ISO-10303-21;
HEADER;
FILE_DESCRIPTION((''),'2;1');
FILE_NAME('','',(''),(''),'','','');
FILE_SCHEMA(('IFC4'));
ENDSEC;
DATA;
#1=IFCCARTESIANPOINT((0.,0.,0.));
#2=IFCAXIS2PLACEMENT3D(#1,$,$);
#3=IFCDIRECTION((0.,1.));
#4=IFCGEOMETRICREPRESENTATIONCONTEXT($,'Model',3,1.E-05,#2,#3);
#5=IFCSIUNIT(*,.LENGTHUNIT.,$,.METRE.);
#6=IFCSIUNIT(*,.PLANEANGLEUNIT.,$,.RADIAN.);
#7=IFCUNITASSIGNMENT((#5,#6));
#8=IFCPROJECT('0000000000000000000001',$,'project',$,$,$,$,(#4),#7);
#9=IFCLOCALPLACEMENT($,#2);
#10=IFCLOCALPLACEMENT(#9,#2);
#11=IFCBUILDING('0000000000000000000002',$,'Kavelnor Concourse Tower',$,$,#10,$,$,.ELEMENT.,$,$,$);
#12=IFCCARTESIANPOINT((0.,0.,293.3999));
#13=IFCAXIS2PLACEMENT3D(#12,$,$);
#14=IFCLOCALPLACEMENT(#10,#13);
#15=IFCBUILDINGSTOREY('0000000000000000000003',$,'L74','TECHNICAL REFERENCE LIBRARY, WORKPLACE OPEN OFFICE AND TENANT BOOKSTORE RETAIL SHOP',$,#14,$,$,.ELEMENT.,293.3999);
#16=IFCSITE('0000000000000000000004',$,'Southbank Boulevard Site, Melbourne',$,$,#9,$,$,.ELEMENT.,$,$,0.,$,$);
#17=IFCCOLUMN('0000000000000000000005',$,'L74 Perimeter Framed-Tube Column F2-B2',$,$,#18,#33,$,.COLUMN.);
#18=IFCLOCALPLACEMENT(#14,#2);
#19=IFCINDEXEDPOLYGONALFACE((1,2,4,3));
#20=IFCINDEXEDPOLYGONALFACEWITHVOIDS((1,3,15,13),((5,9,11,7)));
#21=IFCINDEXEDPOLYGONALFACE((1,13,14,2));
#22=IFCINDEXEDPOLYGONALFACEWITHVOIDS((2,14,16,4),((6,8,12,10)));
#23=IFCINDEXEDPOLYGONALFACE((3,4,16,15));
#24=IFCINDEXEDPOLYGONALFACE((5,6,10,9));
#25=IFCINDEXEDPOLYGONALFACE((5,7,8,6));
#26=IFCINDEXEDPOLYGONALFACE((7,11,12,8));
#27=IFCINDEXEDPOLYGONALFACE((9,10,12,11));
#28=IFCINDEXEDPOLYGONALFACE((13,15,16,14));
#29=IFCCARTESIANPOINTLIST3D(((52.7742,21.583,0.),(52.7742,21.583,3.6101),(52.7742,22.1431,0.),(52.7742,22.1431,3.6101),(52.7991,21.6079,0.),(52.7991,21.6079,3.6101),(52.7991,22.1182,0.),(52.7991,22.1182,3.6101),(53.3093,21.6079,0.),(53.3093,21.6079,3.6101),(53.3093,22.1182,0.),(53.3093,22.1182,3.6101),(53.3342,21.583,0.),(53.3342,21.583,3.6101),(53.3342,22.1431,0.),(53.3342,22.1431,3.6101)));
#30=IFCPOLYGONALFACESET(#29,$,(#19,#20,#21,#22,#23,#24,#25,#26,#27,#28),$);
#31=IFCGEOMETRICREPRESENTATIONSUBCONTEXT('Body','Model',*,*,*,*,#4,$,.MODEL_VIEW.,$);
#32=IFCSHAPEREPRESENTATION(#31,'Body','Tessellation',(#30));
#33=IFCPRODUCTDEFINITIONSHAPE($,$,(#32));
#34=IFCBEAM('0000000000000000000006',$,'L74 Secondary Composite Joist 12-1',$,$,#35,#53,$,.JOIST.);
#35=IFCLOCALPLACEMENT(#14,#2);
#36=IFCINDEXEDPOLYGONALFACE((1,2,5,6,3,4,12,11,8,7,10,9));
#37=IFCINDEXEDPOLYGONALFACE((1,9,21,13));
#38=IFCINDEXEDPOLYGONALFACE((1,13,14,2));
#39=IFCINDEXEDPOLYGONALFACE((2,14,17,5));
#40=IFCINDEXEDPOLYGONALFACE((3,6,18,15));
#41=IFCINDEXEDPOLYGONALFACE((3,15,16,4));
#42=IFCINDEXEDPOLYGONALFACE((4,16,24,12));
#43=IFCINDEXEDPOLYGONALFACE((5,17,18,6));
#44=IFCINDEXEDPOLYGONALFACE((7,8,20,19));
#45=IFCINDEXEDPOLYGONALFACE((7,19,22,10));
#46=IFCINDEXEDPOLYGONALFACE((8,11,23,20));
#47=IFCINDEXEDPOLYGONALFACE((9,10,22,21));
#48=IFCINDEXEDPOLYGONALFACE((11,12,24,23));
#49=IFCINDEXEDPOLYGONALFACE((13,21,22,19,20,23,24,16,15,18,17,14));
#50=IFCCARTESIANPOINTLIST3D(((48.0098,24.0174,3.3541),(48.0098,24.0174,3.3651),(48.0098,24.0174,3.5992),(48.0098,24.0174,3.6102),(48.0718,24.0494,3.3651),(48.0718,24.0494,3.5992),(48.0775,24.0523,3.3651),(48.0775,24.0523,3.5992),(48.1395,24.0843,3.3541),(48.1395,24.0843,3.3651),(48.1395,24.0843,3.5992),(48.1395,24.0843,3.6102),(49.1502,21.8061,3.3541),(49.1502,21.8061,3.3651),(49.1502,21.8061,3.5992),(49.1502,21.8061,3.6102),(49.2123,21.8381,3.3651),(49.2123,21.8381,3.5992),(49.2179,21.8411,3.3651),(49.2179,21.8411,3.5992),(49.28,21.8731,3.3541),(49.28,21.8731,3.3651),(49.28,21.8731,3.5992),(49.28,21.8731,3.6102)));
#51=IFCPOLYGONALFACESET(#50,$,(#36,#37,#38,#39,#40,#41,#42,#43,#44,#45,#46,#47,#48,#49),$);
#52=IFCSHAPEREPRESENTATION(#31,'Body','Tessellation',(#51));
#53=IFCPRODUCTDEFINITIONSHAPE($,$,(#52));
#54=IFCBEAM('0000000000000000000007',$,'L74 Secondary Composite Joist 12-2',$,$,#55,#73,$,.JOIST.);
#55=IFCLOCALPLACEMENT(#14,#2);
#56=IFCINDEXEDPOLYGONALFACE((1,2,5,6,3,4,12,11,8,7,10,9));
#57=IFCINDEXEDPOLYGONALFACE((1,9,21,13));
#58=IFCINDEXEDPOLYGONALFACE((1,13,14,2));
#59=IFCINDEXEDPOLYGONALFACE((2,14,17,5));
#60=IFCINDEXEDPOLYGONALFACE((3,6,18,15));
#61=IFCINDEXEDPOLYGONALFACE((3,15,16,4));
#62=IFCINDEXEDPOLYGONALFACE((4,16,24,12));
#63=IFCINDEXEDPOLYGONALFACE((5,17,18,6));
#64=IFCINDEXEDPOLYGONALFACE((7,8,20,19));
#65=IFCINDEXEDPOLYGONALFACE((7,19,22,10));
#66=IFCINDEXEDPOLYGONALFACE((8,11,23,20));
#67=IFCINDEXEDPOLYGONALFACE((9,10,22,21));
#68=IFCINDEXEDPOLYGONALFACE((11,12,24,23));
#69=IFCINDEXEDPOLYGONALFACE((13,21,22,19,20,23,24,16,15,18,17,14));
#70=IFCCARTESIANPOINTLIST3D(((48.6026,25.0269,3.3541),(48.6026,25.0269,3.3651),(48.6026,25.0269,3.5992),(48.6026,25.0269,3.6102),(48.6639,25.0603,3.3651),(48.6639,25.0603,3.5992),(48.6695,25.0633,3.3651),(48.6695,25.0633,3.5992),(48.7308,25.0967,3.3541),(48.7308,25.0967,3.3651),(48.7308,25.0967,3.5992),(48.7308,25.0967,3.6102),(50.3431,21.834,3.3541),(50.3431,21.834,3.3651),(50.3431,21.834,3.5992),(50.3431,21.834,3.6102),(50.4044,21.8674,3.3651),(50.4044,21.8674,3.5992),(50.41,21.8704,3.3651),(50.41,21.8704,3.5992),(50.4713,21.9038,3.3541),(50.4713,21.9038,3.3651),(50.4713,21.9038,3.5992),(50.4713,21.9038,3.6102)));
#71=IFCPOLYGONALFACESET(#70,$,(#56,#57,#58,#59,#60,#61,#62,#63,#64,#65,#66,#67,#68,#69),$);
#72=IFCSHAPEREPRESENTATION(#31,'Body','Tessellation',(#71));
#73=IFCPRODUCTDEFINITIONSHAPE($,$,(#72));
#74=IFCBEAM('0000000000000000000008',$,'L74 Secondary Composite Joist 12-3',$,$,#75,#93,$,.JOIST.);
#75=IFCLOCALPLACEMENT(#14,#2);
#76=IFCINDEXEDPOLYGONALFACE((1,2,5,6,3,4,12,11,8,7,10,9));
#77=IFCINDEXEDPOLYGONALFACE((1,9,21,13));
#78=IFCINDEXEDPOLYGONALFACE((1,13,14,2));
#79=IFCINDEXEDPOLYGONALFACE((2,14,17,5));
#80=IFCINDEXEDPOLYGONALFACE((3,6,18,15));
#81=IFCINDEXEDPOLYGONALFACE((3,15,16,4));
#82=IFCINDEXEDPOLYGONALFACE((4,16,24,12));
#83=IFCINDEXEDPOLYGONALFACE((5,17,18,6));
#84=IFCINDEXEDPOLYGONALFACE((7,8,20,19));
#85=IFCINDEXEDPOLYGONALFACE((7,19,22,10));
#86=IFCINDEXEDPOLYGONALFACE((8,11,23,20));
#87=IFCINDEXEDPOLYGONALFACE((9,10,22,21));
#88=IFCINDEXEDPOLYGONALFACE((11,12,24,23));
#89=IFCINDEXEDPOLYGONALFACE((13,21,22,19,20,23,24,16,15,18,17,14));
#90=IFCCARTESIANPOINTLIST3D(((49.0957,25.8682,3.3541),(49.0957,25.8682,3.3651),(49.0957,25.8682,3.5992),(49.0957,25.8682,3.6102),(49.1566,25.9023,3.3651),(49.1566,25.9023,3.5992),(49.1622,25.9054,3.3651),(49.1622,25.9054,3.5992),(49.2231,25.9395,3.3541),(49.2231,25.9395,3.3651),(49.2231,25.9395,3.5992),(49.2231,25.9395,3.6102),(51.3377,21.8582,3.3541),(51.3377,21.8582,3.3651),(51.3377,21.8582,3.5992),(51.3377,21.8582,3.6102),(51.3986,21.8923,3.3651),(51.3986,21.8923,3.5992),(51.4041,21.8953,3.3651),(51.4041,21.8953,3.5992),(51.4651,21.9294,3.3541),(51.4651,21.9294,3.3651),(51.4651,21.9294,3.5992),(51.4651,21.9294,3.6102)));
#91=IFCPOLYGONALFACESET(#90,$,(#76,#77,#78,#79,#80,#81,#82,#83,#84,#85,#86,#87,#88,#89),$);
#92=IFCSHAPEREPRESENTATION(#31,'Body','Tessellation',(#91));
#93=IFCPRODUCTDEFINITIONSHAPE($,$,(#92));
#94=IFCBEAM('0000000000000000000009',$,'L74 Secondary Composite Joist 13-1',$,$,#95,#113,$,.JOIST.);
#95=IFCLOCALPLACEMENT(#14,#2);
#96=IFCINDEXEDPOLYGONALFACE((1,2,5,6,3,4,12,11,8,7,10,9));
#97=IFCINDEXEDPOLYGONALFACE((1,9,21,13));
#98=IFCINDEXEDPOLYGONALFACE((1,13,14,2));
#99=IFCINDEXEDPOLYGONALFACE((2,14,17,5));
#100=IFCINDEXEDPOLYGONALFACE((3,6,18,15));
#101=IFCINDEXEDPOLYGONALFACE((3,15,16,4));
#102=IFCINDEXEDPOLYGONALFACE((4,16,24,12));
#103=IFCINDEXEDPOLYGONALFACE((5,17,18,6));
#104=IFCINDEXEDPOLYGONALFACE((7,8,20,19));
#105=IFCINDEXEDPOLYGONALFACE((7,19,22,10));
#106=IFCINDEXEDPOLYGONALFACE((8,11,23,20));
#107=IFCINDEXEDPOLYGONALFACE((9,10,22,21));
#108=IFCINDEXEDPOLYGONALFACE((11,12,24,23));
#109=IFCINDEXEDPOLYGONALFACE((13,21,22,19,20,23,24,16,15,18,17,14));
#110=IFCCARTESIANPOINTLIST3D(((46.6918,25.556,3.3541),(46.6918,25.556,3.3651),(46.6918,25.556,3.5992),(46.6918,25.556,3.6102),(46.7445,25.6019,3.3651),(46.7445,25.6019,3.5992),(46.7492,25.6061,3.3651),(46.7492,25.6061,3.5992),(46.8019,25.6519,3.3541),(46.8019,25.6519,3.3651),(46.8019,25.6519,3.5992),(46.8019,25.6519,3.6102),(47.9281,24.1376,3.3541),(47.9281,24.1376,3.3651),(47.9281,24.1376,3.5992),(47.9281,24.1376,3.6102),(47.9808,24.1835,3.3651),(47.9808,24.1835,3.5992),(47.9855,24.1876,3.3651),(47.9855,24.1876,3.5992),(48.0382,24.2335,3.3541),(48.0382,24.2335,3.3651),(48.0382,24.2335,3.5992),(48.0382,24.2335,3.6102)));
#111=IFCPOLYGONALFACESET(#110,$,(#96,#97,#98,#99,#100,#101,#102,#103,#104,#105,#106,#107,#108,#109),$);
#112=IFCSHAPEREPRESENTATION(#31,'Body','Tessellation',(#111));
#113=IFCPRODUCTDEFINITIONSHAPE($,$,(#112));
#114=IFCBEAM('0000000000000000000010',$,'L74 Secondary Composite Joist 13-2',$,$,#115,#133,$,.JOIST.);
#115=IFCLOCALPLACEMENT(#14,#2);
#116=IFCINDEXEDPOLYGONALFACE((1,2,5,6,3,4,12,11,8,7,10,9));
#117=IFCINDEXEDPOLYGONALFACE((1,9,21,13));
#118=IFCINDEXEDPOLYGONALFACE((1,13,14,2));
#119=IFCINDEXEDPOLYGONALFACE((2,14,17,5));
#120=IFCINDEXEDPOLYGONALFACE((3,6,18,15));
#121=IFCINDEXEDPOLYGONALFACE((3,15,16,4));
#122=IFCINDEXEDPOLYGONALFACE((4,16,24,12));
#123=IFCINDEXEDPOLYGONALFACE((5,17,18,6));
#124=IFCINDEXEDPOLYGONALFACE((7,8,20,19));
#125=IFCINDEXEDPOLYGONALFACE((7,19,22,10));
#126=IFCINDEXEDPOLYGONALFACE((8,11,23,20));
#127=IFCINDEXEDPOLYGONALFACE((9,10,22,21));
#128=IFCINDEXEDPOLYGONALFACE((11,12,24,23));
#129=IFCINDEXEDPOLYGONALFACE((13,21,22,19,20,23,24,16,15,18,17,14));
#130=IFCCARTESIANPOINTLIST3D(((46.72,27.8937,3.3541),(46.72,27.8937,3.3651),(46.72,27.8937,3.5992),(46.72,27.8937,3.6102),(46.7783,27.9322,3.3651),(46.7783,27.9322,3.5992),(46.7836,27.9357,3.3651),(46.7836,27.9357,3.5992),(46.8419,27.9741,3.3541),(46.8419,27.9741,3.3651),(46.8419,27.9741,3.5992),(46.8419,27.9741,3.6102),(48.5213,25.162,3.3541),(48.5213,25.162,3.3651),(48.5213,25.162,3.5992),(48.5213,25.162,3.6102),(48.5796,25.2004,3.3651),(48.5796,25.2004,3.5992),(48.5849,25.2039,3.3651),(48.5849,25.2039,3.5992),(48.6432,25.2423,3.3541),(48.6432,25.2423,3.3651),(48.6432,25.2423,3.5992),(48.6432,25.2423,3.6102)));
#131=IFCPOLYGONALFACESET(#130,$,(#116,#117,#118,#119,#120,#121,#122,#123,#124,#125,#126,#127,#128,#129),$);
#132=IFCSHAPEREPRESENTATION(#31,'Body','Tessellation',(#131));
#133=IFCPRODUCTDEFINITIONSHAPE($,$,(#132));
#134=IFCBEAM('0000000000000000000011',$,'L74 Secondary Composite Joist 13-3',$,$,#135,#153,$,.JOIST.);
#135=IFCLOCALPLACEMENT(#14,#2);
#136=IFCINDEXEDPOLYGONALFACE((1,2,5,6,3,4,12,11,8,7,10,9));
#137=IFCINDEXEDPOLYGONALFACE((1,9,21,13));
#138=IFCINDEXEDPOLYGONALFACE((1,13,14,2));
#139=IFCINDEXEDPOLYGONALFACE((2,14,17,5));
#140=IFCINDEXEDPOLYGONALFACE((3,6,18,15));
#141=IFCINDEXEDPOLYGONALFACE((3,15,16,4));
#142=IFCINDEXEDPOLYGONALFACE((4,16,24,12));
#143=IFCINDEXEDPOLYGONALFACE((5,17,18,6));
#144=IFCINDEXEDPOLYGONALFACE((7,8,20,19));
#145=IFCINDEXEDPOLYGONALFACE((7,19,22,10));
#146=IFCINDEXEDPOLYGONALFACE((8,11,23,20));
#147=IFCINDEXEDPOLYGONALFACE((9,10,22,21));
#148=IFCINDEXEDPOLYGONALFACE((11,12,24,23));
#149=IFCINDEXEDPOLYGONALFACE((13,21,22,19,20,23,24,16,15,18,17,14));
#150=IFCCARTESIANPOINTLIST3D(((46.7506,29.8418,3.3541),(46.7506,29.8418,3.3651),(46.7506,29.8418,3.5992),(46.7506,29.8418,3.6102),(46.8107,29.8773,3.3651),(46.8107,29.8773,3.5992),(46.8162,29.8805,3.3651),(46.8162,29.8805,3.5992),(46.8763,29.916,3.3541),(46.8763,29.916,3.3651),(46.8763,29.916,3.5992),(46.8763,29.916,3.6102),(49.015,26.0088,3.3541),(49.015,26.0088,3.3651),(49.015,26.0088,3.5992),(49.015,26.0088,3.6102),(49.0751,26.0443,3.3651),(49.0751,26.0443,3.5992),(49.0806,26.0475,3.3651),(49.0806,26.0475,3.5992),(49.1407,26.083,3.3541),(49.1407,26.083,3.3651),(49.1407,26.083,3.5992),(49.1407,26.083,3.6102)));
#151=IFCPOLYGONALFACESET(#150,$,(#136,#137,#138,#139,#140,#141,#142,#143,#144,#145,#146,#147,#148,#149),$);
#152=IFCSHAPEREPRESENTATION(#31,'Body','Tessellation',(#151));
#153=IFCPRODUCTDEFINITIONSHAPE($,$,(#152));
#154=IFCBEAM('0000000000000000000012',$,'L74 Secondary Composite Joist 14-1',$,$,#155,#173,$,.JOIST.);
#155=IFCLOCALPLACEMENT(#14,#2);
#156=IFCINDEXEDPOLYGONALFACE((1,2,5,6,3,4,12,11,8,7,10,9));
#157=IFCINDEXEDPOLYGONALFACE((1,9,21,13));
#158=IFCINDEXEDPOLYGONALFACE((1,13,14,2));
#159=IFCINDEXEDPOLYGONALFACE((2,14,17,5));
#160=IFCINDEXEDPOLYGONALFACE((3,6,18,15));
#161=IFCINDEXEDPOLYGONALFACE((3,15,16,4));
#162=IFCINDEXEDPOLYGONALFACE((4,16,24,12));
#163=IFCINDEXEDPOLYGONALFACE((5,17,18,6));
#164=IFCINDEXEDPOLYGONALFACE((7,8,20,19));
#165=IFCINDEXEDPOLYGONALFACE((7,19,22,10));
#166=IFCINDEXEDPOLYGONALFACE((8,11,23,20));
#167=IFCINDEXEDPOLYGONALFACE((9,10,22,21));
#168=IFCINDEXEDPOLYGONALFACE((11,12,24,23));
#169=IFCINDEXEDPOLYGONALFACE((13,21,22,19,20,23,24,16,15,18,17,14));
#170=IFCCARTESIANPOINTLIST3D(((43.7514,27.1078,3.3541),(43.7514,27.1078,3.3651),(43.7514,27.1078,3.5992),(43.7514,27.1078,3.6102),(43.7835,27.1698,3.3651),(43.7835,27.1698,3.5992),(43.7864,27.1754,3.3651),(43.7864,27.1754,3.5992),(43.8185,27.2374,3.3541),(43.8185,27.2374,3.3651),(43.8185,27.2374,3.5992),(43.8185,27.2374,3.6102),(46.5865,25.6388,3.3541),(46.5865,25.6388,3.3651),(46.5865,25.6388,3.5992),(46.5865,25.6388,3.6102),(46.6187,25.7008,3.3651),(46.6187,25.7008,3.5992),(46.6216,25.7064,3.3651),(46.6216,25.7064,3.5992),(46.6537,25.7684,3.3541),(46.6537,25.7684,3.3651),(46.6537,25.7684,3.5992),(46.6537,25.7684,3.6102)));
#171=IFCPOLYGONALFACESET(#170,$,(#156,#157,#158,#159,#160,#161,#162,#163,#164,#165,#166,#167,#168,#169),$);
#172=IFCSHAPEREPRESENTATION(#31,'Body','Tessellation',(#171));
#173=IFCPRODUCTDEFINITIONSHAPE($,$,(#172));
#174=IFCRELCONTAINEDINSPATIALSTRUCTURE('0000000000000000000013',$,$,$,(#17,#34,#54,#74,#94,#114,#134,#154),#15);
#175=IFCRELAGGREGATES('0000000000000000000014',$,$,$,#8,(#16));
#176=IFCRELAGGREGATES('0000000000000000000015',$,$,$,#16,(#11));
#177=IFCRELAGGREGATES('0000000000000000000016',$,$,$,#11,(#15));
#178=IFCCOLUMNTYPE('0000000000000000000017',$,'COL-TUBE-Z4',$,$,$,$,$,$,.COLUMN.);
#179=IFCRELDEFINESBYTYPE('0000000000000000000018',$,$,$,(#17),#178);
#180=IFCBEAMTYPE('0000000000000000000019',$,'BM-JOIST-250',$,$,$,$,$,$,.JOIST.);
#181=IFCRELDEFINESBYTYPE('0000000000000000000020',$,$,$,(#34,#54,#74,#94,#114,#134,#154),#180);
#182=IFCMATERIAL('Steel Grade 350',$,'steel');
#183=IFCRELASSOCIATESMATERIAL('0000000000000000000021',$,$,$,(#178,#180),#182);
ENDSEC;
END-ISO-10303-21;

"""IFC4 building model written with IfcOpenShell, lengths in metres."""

from ifc_helpers import new_model, si_unit, direction, frame, origin, origin_2d, place, context, subcontext, project, spatial, hollow_rectangle, i_section, extrude, material, material_profile, profile_set, type_object, element, save


model = new_model("IFC4")

# Units and contexts
model_context = context("Model", 3, precision=1e-05, world=origin(), true_north=direction((0.0, 1.0)))
body_context = subcontext(model_context, "Body", "Model", "MODEL_VIEW")
ifc_project = project(units=[si_unit("LENGTHUNIT", "METRE"), si_unit("PLANEANGLEUNIT", "RADIAN")], contexts=[model_context])

# Site, building, storey
site_placement = place(None, origin())
site = spatial("IfcSite", under=ifc_project, at=site_placement, Name="Southbank Boulevard Site, Melbourne", CompositionType="ELEMENT", RefElevation=0.0)
building_placement = place(site_placement, origin())
building = spatial("IfcBuilding", under=site, at=building_placement, Name="Kavelnor Concourse Tower", CompositionType="ELEMENT")
storey_placement = place(building_placement, frame((0.0, 0.0, 293.3999)))
storey = spatial("IfcBuildingStorey", under=building, at=storey_placement, Name="L74", Description="TECHNICAL REFERENCE LIBRARY, WORKPLACE OPEN OFFICE AND TENANT BOOKSTORE RETAIL SHOP", CompositionType="ELEMENT", Elevation=293.3999)

# Column
ifc_material_1 = material(Name="Steel Grade 350", Category="steel")
ifc_material_profile_1 = material_profile(ifc_material_1, hollow_rectangle(XDim=0.5601, YDim=0.5601, WallThickness=0.0249, at=origin_2d()), Name="SHS 560x560x25")
ifc_profile_set_1 = profile_set([ifc_material_profile_1], Name="Steel Grade 350")
column_type = type_object("IfcColumnType", Name="COL-TUBE-Z4", PredefinedType="COLUMN", material=ifc_profile_set_1)
column_placement = place(storey_placement, frame((53.0542, 21.863, 0.0), z_axis=(0.0, 0.0, 1.0), x_axis=(1.0, 0.0, 0.0)))
element("IfcColumn", 1, at=column_placement, inside=storey, type_object=column_type, Name="L74 Perimeter Framed-Tube Column F2-B2", PredefinedType="COLUMN", context=body_context, shape_type="SweptSolid", body=[
    extrude(hollow_rectangle(XDim=0.5601, YDim=0.5601, WallThickness=0.0249, at=origin_2d()), origin(), (0.0, 0.0, 1.0), 3.6101),
])

# Beams
ifc_material_profile_2 = material_profile(ifc_material_1, i_section(OverallWidth=0.146, OverallDepth=0.2561, WebThickness=0.0063, FlangeThickness=0.011, at=origin_2d()), Name="250UB37")
ifc_profile_set_2 = profile_set([ifc_material_profile_2], Name="Steel Grade 350")
beam_type_1 = type_object("IfcBeamType", Name="BM-JOIST-250", PredefinedType="JOIST", material=ifc_profile_set_2)
beam_1_placement = place(storey_placement, frame((49.2151, 21.8396, 3.4822), z_axis=(-0.458365, 0.888764, 0.0), x_axis=(-0.888764, -0.458365, 0.0)))
element("IfcBeam", 2, at=beam_1_placement, inside=storey, type_object=beam_type_1, Name="L74 Secondary Composite Joist 12-1", PredefinedType="JOIST", context=body_context, shape_type="SweptSolid", body=[
    extrude(i_section(OverallWidth=0.146, OverallDepth=0.2561, WebThickness=0.0063, FlangeThickness=0.011, at=origin_2d()), origin(), (0.0, 0.0, 1.0), 2.488),
])
beam_2_placement = place(storey_placement, frame((50.4072, 21.8689, 3.4822), z_axis=(-0.478622, 0.878021, 0.0), x_axis=(-0.878021, -0.478622, 0.0)))
element("IfcBeam", 3, at=beam_2_placement, inside=storey, type_object=beam_type_1, Name="L74 Secondary Composite Joist 12-2", PredefinedType="JOIST", context=body_context, shape_type="SweptSolid", body=[
    extrude(i_section(OverallWidth=0.146, OverallDepth=0.2561, WebThickness=0.0063, FlangeThickness=0.011, at=origin_2d()), origin(), (0.0, 0.0, 1.0), 3.6365),
])
beam_3_placement = place(storey_placement, frame((51.4014, 21.8938, 3.4822), z_axis=(-0.487996, 0.872846, 0.0), x_axis=(-0.872846, -0.487996, 0.0)))
element("IfcBeam", 4, at=beam_3_placement, inside=storey, type_object=beam_type_1, Name="L74 Secondary Composite Joist 12-3", PredefinedType="JOIST", context=body_context, shape_type="SweptSolid", body=[
    extrude(i_section(OverallWidth=0.146, OverallDepth=0.2561, WebThickness=0.0063, FlangeThickness=0.011, at=origin_2d()), origin(), (0.0, 0.0, 1.0), 4.5942),
])
beam_4_placement = place(storey_placement, frame((47.9832, 24.1855, 3.4822), z_axis=(-0.657052, 0.753845, 0.0), x_axis=(-0.753845, -0.657052, 0.0)))
element("IfcBeam", 5, at=beam_4_placement, inside=storey, type_object=beam_type_1, Name="L74 Secondary Composite Joist 13-1", PredefinedType="JOIST", context=body_context, shape_type="SweptSolid", body=[
    extrude(i_section(OverallWidth=0.146, OverallDepth=0.2561, WebThickness=0.0063, FlangeThickness=0.011, at=origin_2d()), origin(), (0.0, 0.0, 1.0), 1.8816),
])
beam_5_placement = place(storey_placement, frame((48.5823, 25.2021, 3.4822), z_axis=(-0.550492, 0.834841, 0.0), x_axis=(-0.834841, -0.550492, 0.0)))
element("IfcBeam", 6, at=beam_5_placement, inside=storey, type_object=beam_type_1, Name="L74 Secondary Composite Joist 13-2", PredefinedType="JOIST", context=body_context, shape_type="SweptSolid", body=[
    extrude(i_section(OverallWidth=0.146, OverallDepth=0.2561, WebThickness=0.0063, FlangeThickness=0.011, at=origin_2d()), origin(), (0.0, 0.0, 1.0), 3.2722),
])
beam_6_placement = place(storey_placement, frame((49.0779, 26.0459, 3.4822), z_axis=(-0.508637, 0.860981, 0.0), x_axis=(-0.860981, -0.508637, 0.0)))
element("IfcBeam", 7, at=beam_6_placement, inside=storey, type_object=beam_type_1, Name="L74 Secondary Composite Joist 13-3", PredefinedType="JOIST", context=body_context, shape_type="SweptSolid", body=[
    extrude(i_section(OverallWidth=0.146, OverallDepth=0.2561, WebThickness=0.0063, FlangeThickness=0.011, at=origin_2d()), origin(), (0.0, 0.0, 1.0), 4.4519),
])
beam_7_placement = place(storey_placement, frame((46.6201, 25.7036, 3.4822), z_axis=(-0.887897, 0.460043, 0.0), x_axis=(-0.460043, -0.887897, 0.0)))
element("IfcBeam", 8, at=beam_7_placement, inside=storey, type_object=beam_type_1, Name="L74 Secondary Composite Joist 14-1", PredefinedType="JOIST", context=body_context, shape_type="SweptSolid", body=[
    extrude(i_section(OverallWidth=0.146, OverallDepth=0.2561, WebThickness=0.0063, FlangeThickness=0.011, at=origin_2d()), origin(), (0.0, 0.0, 1.0), 3.1931),
])

save(model, "model.ifc")
